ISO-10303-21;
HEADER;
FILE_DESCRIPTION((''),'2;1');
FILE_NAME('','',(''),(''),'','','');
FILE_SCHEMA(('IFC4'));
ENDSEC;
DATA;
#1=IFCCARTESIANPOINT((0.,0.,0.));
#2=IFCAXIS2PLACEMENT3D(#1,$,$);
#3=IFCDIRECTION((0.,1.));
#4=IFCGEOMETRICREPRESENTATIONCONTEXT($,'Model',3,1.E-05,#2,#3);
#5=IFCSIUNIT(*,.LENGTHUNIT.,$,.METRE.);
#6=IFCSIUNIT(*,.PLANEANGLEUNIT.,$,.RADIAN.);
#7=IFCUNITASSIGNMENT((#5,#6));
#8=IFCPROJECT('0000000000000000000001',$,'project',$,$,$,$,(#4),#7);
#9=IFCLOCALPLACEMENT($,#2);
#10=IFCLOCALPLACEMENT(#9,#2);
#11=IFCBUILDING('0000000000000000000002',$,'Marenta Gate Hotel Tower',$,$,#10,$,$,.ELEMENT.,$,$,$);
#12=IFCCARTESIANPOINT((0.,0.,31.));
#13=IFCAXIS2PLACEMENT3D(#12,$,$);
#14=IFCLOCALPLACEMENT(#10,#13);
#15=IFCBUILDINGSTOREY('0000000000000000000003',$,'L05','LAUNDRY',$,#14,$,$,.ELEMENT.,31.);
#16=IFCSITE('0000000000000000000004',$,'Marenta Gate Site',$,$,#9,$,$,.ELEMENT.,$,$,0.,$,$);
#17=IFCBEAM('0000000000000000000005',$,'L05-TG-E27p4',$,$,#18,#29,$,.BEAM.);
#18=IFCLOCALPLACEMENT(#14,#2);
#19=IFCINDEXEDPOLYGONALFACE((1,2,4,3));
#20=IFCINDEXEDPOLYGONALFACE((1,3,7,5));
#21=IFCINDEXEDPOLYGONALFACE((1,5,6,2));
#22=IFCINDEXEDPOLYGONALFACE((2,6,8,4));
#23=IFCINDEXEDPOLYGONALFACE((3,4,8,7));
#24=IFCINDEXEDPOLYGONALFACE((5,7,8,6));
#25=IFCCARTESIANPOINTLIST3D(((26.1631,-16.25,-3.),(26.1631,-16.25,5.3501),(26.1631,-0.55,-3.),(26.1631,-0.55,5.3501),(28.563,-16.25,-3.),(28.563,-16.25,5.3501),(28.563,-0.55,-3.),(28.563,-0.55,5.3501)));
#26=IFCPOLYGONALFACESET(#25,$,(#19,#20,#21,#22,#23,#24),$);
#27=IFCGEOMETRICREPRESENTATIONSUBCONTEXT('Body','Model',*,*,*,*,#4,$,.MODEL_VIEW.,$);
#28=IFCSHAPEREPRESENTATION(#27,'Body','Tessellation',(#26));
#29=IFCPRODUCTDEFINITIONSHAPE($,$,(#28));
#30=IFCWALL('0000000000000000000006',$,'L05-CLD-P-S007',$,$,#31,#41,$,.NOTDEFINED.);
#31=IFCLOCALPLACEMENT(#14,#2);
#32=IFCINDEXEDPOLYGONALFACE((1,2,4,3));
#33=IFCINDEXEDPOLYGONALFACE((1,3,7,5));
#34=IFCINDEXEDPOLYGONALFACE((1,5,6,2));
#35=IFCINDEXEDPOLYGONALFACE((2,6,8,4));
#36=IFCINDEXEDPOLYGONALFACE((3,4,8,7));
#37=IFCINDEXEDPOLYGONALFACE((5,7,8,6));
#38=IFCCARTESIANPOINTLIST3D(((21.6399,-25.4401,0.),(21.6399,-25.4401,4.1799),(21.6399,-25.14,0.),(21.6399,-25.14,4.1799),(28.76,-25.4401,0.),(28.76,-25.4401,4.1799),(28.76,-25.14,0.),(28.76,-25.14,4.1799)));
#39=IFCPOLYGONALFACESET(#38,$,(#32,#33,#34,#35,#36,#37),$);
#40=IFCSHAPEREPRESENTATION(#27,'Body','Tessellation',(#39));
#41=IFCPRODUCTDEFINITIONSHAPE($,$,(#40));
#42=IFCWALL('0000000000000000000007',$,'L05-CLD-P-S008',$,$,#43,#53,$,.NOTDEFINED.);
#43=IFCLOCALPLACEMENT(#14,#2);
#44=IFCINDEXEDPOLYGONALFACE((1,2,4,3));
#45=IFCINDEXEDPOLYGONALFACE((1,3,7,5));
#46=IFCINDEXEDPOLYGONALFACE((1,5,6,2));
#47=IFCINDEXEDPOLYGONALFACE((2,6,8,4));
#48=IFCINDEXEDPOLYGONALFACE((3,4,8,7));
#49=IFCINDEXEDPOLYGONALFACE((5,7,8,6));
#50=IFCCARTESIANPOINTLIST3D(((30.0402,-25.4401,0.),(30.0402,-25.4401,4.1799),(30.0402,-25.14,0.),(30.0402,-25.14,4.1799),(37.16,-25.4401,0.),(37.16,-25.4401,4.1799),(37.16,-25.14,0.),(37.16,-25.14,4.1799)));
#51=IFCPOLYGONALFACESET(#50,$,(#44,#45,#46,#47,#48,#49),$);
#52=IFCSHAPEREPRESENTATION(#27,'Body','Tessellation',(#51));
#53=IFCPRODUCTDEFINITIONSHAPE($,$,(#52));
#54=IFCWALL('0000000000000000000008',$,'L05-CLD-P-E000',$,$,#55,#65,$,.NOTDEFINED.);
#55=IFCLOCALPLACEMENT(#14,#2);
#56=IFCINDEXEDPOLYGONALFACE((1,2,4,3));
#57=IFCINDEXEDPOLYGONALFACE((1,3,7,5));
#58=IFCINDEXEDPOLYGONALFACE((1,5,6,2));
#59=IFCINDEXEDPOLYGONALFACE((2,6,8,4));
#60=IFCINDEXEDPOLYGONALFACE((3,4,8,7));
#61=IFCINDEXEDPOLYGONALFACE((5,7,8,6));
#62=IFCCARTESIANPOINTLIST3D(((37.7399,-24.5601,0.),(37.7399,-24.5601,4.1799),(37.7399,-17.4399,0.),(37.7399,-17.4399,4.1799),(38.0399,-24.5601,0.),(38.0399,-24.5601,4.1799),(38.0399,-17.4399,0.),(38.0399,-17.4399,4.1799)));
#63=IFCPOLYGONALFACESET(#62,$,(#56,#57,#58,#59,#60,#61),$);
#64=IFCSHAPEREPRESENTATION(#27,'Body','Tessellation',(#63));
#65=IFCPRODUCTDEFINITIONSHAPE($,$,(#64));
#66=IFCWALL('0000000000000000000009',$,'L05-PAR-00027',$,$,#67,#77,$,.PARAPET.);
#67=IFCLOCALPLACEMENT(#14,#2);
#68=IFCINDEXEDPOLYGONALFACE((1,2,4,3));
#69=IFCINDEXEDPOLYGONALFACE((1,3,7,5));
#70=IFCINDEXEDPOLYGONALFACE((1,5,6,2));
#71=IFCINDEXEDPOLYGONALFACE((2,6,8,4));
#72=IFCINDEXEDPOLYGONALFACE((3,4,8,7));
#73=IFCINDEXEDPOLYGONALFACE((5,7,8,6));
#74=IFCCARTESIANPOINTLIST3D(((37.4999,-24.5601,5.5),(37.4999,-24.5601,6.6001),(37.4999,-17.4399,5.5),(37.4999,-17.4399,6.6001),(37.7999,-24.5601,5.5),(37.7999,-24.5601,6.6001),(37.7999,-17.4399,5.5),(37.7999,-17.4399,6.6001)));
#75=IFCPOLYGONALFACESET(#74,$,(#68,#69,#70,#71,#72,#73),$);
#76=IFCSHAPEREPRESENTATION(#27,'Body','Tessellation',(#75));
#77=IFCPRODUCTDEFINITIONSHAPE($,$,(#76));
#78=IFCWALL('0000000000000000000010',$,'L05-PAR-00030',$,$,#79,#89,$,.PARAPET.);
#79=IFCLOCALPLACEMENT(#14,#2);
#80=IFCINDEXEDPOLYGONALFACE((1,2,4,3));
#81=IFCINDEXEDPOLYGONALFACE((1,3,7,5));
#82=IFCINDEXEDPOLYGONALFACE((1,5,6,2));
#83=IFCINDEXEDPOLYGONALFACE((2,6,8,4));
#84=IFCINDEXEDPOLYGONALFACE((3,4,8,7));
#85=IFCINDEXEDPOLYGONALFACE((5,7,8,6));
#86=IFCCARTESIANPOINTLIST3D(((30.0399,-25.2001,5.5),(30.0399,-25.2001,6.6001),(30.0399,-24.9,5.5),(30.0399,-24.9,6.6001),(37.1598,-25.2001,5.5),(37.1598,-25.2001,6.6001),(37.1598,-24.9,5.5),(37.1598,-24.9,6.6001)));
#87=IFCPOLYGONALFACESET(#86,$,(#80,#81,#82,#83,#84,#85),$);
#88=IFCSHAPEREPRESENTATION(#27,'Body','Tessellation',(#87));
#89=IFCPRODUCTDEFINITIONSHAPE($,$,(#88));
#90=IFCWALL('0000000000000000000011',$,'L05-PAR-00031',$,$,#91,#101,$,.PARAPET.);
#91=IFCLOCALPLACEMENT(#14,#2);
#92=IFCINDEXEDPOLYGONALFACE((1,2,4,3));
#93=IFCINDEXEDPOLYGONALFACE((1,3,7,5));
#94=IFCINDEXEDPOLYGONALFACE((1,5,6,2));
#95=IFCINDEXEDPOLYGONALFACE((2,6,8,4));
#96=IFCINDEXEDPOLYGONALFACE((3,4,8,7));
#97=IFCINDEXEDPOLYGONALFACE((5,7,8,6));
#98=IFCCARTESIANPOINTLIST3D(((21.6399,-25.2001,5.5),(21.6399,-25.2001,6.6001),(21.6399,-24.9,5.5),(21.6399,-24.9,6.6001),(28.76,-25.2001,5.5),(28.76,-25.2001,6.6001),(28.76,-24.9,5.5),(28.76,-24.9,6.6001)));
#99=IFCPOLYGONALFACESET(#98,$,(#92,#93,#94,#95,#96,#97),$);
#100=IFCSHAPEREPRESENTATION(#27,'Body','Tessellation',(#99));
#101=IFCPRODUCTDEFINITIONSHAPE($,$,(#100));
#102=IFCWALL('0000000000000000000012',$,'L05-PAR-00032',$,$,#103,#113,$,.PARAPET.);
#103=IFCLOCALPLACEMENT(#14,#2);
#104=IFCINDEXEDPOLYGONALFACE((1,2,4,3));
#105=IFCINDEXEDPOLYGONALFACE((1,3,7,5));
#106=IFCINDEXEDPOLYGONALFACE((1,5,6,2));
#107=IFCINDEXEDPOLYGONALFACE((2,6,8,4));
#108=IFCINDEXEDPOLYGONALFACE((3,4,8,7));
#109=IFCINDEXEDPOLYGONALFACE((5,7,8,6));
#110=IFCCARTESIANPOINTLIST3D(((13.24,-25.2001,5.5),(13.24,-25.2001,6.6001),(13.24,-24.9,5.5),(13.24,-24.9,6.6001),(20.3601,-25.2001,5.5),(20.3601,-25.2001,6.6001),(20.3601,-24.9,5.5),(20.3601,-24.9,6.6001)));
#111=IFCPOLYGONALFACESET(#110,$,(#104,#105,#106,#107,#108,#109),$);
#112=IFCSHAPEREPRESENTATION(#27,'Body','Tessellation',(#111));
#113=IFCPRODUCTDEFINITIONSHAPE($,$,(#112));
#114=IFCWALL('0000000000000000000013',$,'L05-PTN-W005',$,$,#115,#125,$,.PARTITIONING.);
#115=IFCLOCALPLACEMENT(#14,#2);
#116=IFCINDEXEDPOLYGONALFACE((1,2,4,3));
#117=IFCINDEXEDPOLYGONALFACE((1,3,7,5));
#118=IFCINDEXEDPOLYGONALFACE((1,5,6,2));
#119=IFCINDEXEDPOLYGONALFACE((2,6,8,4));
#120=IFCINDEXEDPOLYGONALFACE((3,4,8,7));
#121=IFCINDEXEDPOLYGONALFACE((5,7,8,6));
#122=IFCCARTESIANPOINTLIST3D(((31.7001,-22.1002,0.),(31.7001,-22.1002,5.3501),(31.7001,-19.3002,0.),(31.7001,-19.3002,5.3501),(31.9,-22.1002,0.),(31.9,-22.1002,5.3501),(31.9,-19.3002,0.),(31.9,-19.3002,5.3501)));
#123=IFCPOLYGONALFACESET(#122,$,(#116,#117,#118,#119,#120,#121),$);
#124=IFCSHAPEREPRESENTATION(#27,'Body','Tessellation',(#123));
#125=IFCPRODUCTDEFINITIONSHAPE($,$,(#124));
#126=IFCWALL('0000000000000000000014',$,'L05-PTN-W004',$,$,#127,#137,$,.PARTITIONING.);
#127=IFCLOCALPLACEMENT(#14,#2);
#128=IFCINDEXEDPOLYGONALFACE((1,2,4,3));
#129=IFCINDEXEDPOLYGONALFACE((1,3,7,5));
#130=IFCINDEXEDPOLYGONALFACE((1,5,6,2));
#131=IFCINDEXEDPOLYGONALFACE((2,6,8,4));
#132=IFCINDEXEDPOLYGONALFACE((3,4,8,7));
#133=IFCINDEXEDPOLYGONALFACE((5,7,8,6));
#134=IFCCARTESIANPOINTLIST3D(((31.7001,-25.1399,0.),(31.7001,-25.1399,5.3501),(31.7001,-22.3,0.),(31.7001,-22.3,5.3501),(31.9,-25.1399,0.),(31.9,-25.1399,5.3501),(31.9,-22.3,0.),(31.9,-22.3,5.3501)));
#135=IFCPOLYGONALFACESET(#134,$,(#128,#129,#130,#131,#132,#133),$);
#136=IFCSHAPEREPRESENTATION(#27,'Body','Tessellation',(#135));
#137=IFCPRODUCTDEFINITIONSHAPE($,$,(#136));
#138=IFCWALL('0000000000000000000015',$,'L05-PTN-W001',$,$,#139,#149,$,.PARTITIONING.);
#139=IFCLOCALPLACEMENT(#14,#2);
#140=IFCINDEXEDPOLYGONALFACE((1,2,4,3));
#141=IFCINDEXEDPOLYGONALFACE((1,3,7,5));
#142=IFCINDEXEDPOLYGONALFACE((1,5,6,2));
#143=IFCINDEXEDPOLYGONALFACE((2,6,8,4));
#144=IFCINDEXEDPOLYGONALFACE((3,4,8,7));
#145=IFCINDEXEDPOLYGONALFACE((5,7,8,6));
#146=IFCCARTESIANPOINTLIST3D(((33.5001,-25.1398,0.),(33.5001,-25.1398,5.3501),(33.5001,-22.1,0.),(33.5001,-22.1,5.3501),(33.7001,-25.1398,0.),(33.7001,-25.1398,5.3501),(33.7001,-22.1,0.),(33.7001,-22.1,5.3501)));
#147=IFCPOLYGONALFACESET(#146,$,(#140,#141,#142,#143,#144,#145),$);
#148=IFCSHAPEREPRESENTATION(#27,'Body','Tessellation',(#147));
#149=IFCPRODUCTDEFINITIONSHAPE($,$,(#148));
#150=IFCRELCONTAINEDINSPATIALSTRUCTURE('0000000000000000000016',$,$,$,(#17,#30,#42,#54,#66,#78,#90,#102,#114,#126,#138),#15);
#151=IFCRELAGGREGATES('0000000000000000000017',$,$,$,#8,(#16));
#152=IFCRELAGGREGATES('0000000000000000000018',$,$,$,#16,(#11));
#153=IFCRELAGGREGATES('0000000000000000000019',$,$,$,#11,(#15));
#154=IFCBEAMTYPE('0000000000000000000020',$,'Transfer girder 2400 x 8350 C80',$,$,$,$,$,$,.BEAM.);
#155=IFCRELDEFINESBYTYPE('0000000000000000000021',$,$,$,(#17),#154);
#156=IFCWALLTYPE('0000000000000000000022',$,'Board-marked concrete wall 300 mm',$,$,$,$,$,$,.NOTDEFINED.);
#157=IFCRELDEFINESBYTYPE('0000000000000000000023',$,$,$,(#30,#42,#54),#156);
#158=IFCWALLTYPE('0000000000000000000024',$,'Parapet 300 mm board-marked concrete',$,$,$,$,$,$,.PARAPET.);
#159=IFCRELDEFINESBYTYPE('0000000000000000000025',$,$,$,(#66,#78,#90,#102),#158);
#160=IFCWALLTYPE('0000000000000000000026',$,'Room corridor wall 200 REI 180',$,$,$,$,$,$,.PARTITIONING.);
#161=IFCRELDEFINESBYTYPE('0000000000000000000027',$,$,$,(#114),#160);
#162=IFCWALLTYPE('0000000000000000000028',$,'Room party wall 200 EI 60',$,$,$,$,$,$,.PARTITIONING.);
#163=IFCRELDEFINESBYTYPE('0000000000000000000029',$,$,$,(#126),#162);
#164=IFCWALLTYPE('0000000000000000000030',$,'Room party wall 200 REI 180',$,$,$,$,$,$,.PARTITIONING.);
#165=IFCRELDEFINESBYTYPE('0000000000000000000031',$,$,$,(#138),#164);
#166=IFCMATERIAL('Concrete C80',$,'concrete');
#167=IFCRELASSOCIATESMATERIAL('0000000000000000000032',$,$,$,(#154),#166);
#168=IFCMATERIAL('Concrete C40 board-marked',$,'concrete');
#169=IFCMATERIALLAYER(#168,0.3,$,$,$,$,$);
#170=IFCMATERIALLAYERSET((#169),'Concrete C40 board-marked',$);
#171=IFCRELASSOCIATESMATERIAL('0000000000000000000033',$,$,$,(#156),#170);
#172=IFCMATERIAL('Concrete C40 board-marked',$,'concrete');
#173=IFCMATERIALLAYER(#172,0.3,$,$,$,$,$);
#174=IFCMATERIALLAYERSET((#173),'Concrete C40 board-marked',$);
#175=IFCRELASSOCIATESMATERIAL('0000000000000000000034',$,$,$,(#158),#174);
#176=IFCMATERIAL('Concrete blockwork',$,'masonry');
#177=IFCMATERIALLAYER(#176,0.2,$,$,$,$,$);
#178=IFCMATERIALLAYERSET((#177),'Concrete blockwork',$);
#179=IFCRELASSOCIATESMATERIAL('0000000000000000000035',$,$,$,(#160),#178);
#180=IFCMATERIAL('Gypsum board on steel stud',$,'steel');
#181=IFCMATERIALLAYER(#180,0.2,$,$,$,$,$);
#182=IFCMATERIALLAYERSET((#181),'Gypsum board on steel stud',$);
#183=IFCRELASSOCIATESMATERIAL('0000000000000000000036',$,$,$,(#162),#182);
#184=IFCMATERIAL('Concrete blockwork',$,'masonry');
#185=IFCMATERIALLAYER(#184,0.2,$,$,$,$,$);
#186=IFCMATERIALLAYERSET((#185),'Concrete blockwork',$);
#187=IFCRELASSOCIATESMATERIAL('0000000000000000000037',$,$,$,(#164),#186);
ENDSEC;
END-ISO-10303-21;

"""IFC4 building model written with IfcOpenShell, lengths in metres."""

from ifc_helpers import new_model, si_unit, direction, frame, frame_2d, origin, origin_2d, place, context, subcontext, project, spatial, rectangle, extrude, material, layer, layer_set, material_profile, profile_set, type_object, element, save


model = new_model("IFC4")

# Units and contexts
model_context = context("Model", 3, precision=1e-05, world=origin(), true_north=direction((0.0, 1.0)))
body_context = subcontext(model_context, "Body", "Model", "MODEL_VIEW")
ifc_project = project(units=[si_unit("LENGTHUNIT", "METRE"), si_unit("PLANEANGLEUNIT", "RADIAN")], contexts=[model_context])

# Site, building, storey
site_placement = place(None, origin())
site = spatial("IfcSite", under=ifc_project, at=site_placement, Name="Marenta Gate Site", CompositionType="ELEMENT", RefElevation=0.0)
building_placement = place(site_placement, origin())
building = spatial("IfcBuilding", under=site, at=building_placement, Name="Marenta Gate Hotel Tower", CompositionType="ELEMENT")
storey_placement = place(building_placement, frame((0.0, 0.0, 31.0)))
storey = spatial("IfcBuildingStorey", under=building, at=storey_placement, Name="L05", Description="LAUNDRY", CompositionType="ELEMENT", Elevation=31.0)

# Beam
ifc_material_1 = material(Name="Concrete C80", Category="concrete")
ifc_material_profile_1 = material_profile(ifc_material_1, rectangle(XDim=2.3999, YDim=8.3501, at=origin_2d()), Name="2400 x 8350")
ifc_profile_set_1 = profile_set([ifc_material_profile_1], Name="Concrete C80")
beam_type_1 = type_object("IfcBeamType", Name="Transfer girder 2400 x 8350 C80", PredefinedType="BEAM", material=ifc_profile_set_1)
beam_1_placement = place(storey_placement, frame((27.363, -16.25, 5.3501), z_axis=(0.0, 1.0, 0.0), x_axis=(-1.0, 0.0, 0.0)))
element("IfcBeam", 1, at=beam_1_placement, inside=storey, type_object=beam_type_1, Name="L05-TG-E27p4", PredefinedType="BEAM", context=body_context, shape_type="SweptSolid", body=[
    extrude(rectangle(XDim=2.3999, YDim=8.3501, at=frame_2d((0.0, -4.175))), origin(), (0.0, 0.0, 1.0), 15.7),
])

# Walls
ifc_material_2 = material(Name="Concrete C40 board-marked", Category="concrete")
ifc_layer_1 = layer(ifc_material_2, 0.3)
ifc_layer_set_1 = layer_set([ifc_layer_1], Name="Concrete C40 board-marked")
wall_type_1 = type_object("IfcWallType", Name="Board-marked concrete wall 300 mm", PredefinedType="NOTDEFINED", material=ifc_layer_set_1)
wall_1_placement = place(storey_placement, frame((21.6399, -25.29, 0.0), z_axis=(0.0, 0.0, 1.0), x_axis=(1.0, 0.0, 0.0)))
element("IfcWall", 2, at=wall_1_placement, inside=storey, type_object=wall_type_1, Name="L05-CLD-P-S007", PredefinedType="NOTDEFINED", context=body_context, shape_type="SweptSolid", body=[
    extrude(rectangle(XDim=7.1201, YDim=0.3, at=frame_2d((3.5601, 0.0))), origin(), (0.0, 0.0, 1.0), 4.1799),
])
wall_2_placement = place(storey_placement, frame((30.04, -25.29, 0.0), z_axis=(0.0, 0.0, 1.0), x_axis=(1.0, 0.0, 0.0)))
element("IfcWall", 3, at=wall_2_placement, inside=storey, type_object=wall_type_1, Name="L05-CLD-P-S008", PredefinedType="NOTDEFINED", context=body_context, shape_type="SweptSolid", body=[
    extrude(rectangle(XDim=7.1199, YDim=0.3, at=frame_2d((3.5601, 0.0))), origin(), (0.0, 0.0, 1.0), 4.1799),
])
wall_3_placement = place(storey_placement, frame((37.8899, -24.5601, 0.0), z_axis=(0.0, 0.0, 1.0), x_axis=(0.0, 1.0, 0.0)))
element("IfcWall", 4, at=wall_3_placement, inside=storey, type_object=wall_type_1, Name="L05-CLD-P-E000", PredefinedType="NOTDEFINED", context=body_context, shape_type="SweptSolid", body=[
    extrude(rectangle(XDim=7.1201, YDim=0.3, at=frame_2d((3.5601, 0.0))), origin(), (0.0, 0.0, 1.0), 4.1799),
])
ifc_material_3 = material(Name="Concrete C40 board-marked", Category="concrete")
ifc_layer_2 = layer(ifc_material_3, 0.3)
ifc_layer_set_2 = layer_set([ifc_layer_2], Name="Concrete C40 board-marked")
wall_type_2 = type_object("IfcWallType", Name="Parapet 300 mm board-marked concrete", PredefinedType="PARAPET", material=ifc_layer_set_2)
wall_4_placement = place(storey_placement, frame((37.6499, -17.4399, 5.5), z_axis=(0.0, 0.0, 1.0), x_axis=(0.0, -1.0, 0.0)))
element("IfcWall", 5, at=wall_4_placement, inside=storey, type_object=wall_type_2, Name="L05-PAR-00027", PredefinedType="PARAPET", context=body_context, shape_type="SweptSolid", body=[
    extrude(rectangle(XDim=7.1201, YDim=0.3, at=frame_2d((3.5601, 0.0))), origin(), (0.0, 0.0, 1.0), 1.1001),
])
wall_5_placement = place(storey_placement, frame((37.1599, -25.05, 5.5), z_axis=(0.0, 0.0, 1.0), x_axis=(-1.0, 0.0, 0.0)))
element("IfcWall", 6, at=wall_5_placement, inside=storey, type_object=wall_type_2, Name="L05-PAR-00030", PredefinedType="PARAPET", context=body_context, shape_type="SweptSolid", body=[
    extrude(rectangle(XDim=7.1199, YDim=0.3, at=frame_2d((3.5601, 0.0))), origin(), (0.0, 0.0, 1.0), 1.1001),
])
for number, where, z_axis, x_axis, name in (
    (7, (28.76, -25.05, 5.5), (0.0, 0.0, 1.0), (-1.0, 0.0, 0.0), "L05-PAR-00031"),
    (8, (20.3601, -25.05, 5.5), (0.0, 0.0, 1.0), (-1.0, 0.0, 0.0), "L05-PAR-00032"),
):
    element("IfcWall", number, at=place(storey_placement, frame(where, z_axis=z_axis, x_axis=x_axis)), inside=storey, type_object=wall_type_2, Name=name, PredefinedType="PARAPET", context=body_context, shape_type="SweptSolid", body=[
        extrude(rectangle(XDim=7.1201, YDim=0.3, at=frame_2d((3.5601, 0.0))), origin(), (0.0, 0.0, 1.0), 1.1001),
    ])

# Shared definitions
ifc_material_4 = material(Name="Concrete blockwork", Category="masonry")
ifc_layer_3 = layer(ifc_material_4, 0.2)
ifc_layer_set_3 = layer_set([ifc_layer_3], Name="Concrete blockwork")
wall_type_3 = type_object("IfcWallType", Name="Room corridor wall 200 REI 180", PredefinedType="PARTITIONING", material=ifc_layer_set_3)

# Wall
wall_6_placement = place(storey_placement, frame((31.8, -22.1001, 0.0), z_axis=(0.0, 0.0, 1.0), x_axis=(0.0, 1.0, 0.0)))
element("IfcWall", 9, at=wall_6_placement, inside=storey, type_object=wall_type_3, Name="L05-PTN-W005", PredefinedType="PARTITIONING", context=body_context, shape_type="SweptSolid", body=[
    extrude(rectangle(XDim=2.8, YDim=0.2, at=frame_2d((1.3999, 0.0))), origin(), (0.0, 0.0, 1.0), 5.3501),
])

# Walls
ifc_material_5 = material(Name="Gypsum board on steel stud", Category="steel")
ifc_layer_4 = layer(ifc_material_5, 0.2)
ifc_layer_set_4 = layer_set([ifc_layer_4], Name="Gypsum board on steel stud")
wall_type_4 = type_object("IfcWallType", Name="Room party wall 200 EI 60", PredefinedType="PARTITIONING", material=ifc_layer_set_4)
wall_7_placement = place(storey_placement, frame((31.8, -25.1399, 0.0), z_axis=(0.0, 0.0, 1.0), x_axis=(0.0, 1.0, 0.0)))
element("IfcWall", 10, at=wall_7_placement, inside=storey, type_object=wall_type_4, Name="L05-PTN-W004", PredefinedType="PARTITIONING", context=body_context, shape_type="SweptSolid", body=[
    extrude(rectangle(XDim=2.8398, YDim=0.2, at=frame_2d((1.4199, 0.0))), origin(), (0.0, 0.0, 1.0), 5.3501),
])
ifc_material_6 = material(Name="Concrete blockwork", Category="masonry")
ifc_layer_5 = layer(ifc_material_6, 0.2)
ifc_layer_set_5 = layer_set([ifc_layer_5], Name="Concrete blockwork")
wall_type_5 = type_object("IfcWallType", Name="Room party wall 200 REI 180", PredefinedType="PARTITIONING", material=ifc_layer_set_5)
wall_8_placement = place(storey_placement, frame((33.6001, -25.1399, 0.0), z_axis=(0.0, 0.0, 1.0), x_axis=(0.0, 1.0, 0.0)))
element("IfcWall", 11, at=wall_8_placement, inside=storey, type_object=wall_type_5, Name="L05-PTN-W001", PredefinedType="PARTITIONING", context=body_context, shape_type="SweptSolid", body=[
    extrude(rectangle(XDim=3.0398, YDim=0.2, at=frame_2d((1.52, 0.0))), origin(), (0.0, 0.0, 1.0), 5.3501),
])

save(model, "model.ifc")
